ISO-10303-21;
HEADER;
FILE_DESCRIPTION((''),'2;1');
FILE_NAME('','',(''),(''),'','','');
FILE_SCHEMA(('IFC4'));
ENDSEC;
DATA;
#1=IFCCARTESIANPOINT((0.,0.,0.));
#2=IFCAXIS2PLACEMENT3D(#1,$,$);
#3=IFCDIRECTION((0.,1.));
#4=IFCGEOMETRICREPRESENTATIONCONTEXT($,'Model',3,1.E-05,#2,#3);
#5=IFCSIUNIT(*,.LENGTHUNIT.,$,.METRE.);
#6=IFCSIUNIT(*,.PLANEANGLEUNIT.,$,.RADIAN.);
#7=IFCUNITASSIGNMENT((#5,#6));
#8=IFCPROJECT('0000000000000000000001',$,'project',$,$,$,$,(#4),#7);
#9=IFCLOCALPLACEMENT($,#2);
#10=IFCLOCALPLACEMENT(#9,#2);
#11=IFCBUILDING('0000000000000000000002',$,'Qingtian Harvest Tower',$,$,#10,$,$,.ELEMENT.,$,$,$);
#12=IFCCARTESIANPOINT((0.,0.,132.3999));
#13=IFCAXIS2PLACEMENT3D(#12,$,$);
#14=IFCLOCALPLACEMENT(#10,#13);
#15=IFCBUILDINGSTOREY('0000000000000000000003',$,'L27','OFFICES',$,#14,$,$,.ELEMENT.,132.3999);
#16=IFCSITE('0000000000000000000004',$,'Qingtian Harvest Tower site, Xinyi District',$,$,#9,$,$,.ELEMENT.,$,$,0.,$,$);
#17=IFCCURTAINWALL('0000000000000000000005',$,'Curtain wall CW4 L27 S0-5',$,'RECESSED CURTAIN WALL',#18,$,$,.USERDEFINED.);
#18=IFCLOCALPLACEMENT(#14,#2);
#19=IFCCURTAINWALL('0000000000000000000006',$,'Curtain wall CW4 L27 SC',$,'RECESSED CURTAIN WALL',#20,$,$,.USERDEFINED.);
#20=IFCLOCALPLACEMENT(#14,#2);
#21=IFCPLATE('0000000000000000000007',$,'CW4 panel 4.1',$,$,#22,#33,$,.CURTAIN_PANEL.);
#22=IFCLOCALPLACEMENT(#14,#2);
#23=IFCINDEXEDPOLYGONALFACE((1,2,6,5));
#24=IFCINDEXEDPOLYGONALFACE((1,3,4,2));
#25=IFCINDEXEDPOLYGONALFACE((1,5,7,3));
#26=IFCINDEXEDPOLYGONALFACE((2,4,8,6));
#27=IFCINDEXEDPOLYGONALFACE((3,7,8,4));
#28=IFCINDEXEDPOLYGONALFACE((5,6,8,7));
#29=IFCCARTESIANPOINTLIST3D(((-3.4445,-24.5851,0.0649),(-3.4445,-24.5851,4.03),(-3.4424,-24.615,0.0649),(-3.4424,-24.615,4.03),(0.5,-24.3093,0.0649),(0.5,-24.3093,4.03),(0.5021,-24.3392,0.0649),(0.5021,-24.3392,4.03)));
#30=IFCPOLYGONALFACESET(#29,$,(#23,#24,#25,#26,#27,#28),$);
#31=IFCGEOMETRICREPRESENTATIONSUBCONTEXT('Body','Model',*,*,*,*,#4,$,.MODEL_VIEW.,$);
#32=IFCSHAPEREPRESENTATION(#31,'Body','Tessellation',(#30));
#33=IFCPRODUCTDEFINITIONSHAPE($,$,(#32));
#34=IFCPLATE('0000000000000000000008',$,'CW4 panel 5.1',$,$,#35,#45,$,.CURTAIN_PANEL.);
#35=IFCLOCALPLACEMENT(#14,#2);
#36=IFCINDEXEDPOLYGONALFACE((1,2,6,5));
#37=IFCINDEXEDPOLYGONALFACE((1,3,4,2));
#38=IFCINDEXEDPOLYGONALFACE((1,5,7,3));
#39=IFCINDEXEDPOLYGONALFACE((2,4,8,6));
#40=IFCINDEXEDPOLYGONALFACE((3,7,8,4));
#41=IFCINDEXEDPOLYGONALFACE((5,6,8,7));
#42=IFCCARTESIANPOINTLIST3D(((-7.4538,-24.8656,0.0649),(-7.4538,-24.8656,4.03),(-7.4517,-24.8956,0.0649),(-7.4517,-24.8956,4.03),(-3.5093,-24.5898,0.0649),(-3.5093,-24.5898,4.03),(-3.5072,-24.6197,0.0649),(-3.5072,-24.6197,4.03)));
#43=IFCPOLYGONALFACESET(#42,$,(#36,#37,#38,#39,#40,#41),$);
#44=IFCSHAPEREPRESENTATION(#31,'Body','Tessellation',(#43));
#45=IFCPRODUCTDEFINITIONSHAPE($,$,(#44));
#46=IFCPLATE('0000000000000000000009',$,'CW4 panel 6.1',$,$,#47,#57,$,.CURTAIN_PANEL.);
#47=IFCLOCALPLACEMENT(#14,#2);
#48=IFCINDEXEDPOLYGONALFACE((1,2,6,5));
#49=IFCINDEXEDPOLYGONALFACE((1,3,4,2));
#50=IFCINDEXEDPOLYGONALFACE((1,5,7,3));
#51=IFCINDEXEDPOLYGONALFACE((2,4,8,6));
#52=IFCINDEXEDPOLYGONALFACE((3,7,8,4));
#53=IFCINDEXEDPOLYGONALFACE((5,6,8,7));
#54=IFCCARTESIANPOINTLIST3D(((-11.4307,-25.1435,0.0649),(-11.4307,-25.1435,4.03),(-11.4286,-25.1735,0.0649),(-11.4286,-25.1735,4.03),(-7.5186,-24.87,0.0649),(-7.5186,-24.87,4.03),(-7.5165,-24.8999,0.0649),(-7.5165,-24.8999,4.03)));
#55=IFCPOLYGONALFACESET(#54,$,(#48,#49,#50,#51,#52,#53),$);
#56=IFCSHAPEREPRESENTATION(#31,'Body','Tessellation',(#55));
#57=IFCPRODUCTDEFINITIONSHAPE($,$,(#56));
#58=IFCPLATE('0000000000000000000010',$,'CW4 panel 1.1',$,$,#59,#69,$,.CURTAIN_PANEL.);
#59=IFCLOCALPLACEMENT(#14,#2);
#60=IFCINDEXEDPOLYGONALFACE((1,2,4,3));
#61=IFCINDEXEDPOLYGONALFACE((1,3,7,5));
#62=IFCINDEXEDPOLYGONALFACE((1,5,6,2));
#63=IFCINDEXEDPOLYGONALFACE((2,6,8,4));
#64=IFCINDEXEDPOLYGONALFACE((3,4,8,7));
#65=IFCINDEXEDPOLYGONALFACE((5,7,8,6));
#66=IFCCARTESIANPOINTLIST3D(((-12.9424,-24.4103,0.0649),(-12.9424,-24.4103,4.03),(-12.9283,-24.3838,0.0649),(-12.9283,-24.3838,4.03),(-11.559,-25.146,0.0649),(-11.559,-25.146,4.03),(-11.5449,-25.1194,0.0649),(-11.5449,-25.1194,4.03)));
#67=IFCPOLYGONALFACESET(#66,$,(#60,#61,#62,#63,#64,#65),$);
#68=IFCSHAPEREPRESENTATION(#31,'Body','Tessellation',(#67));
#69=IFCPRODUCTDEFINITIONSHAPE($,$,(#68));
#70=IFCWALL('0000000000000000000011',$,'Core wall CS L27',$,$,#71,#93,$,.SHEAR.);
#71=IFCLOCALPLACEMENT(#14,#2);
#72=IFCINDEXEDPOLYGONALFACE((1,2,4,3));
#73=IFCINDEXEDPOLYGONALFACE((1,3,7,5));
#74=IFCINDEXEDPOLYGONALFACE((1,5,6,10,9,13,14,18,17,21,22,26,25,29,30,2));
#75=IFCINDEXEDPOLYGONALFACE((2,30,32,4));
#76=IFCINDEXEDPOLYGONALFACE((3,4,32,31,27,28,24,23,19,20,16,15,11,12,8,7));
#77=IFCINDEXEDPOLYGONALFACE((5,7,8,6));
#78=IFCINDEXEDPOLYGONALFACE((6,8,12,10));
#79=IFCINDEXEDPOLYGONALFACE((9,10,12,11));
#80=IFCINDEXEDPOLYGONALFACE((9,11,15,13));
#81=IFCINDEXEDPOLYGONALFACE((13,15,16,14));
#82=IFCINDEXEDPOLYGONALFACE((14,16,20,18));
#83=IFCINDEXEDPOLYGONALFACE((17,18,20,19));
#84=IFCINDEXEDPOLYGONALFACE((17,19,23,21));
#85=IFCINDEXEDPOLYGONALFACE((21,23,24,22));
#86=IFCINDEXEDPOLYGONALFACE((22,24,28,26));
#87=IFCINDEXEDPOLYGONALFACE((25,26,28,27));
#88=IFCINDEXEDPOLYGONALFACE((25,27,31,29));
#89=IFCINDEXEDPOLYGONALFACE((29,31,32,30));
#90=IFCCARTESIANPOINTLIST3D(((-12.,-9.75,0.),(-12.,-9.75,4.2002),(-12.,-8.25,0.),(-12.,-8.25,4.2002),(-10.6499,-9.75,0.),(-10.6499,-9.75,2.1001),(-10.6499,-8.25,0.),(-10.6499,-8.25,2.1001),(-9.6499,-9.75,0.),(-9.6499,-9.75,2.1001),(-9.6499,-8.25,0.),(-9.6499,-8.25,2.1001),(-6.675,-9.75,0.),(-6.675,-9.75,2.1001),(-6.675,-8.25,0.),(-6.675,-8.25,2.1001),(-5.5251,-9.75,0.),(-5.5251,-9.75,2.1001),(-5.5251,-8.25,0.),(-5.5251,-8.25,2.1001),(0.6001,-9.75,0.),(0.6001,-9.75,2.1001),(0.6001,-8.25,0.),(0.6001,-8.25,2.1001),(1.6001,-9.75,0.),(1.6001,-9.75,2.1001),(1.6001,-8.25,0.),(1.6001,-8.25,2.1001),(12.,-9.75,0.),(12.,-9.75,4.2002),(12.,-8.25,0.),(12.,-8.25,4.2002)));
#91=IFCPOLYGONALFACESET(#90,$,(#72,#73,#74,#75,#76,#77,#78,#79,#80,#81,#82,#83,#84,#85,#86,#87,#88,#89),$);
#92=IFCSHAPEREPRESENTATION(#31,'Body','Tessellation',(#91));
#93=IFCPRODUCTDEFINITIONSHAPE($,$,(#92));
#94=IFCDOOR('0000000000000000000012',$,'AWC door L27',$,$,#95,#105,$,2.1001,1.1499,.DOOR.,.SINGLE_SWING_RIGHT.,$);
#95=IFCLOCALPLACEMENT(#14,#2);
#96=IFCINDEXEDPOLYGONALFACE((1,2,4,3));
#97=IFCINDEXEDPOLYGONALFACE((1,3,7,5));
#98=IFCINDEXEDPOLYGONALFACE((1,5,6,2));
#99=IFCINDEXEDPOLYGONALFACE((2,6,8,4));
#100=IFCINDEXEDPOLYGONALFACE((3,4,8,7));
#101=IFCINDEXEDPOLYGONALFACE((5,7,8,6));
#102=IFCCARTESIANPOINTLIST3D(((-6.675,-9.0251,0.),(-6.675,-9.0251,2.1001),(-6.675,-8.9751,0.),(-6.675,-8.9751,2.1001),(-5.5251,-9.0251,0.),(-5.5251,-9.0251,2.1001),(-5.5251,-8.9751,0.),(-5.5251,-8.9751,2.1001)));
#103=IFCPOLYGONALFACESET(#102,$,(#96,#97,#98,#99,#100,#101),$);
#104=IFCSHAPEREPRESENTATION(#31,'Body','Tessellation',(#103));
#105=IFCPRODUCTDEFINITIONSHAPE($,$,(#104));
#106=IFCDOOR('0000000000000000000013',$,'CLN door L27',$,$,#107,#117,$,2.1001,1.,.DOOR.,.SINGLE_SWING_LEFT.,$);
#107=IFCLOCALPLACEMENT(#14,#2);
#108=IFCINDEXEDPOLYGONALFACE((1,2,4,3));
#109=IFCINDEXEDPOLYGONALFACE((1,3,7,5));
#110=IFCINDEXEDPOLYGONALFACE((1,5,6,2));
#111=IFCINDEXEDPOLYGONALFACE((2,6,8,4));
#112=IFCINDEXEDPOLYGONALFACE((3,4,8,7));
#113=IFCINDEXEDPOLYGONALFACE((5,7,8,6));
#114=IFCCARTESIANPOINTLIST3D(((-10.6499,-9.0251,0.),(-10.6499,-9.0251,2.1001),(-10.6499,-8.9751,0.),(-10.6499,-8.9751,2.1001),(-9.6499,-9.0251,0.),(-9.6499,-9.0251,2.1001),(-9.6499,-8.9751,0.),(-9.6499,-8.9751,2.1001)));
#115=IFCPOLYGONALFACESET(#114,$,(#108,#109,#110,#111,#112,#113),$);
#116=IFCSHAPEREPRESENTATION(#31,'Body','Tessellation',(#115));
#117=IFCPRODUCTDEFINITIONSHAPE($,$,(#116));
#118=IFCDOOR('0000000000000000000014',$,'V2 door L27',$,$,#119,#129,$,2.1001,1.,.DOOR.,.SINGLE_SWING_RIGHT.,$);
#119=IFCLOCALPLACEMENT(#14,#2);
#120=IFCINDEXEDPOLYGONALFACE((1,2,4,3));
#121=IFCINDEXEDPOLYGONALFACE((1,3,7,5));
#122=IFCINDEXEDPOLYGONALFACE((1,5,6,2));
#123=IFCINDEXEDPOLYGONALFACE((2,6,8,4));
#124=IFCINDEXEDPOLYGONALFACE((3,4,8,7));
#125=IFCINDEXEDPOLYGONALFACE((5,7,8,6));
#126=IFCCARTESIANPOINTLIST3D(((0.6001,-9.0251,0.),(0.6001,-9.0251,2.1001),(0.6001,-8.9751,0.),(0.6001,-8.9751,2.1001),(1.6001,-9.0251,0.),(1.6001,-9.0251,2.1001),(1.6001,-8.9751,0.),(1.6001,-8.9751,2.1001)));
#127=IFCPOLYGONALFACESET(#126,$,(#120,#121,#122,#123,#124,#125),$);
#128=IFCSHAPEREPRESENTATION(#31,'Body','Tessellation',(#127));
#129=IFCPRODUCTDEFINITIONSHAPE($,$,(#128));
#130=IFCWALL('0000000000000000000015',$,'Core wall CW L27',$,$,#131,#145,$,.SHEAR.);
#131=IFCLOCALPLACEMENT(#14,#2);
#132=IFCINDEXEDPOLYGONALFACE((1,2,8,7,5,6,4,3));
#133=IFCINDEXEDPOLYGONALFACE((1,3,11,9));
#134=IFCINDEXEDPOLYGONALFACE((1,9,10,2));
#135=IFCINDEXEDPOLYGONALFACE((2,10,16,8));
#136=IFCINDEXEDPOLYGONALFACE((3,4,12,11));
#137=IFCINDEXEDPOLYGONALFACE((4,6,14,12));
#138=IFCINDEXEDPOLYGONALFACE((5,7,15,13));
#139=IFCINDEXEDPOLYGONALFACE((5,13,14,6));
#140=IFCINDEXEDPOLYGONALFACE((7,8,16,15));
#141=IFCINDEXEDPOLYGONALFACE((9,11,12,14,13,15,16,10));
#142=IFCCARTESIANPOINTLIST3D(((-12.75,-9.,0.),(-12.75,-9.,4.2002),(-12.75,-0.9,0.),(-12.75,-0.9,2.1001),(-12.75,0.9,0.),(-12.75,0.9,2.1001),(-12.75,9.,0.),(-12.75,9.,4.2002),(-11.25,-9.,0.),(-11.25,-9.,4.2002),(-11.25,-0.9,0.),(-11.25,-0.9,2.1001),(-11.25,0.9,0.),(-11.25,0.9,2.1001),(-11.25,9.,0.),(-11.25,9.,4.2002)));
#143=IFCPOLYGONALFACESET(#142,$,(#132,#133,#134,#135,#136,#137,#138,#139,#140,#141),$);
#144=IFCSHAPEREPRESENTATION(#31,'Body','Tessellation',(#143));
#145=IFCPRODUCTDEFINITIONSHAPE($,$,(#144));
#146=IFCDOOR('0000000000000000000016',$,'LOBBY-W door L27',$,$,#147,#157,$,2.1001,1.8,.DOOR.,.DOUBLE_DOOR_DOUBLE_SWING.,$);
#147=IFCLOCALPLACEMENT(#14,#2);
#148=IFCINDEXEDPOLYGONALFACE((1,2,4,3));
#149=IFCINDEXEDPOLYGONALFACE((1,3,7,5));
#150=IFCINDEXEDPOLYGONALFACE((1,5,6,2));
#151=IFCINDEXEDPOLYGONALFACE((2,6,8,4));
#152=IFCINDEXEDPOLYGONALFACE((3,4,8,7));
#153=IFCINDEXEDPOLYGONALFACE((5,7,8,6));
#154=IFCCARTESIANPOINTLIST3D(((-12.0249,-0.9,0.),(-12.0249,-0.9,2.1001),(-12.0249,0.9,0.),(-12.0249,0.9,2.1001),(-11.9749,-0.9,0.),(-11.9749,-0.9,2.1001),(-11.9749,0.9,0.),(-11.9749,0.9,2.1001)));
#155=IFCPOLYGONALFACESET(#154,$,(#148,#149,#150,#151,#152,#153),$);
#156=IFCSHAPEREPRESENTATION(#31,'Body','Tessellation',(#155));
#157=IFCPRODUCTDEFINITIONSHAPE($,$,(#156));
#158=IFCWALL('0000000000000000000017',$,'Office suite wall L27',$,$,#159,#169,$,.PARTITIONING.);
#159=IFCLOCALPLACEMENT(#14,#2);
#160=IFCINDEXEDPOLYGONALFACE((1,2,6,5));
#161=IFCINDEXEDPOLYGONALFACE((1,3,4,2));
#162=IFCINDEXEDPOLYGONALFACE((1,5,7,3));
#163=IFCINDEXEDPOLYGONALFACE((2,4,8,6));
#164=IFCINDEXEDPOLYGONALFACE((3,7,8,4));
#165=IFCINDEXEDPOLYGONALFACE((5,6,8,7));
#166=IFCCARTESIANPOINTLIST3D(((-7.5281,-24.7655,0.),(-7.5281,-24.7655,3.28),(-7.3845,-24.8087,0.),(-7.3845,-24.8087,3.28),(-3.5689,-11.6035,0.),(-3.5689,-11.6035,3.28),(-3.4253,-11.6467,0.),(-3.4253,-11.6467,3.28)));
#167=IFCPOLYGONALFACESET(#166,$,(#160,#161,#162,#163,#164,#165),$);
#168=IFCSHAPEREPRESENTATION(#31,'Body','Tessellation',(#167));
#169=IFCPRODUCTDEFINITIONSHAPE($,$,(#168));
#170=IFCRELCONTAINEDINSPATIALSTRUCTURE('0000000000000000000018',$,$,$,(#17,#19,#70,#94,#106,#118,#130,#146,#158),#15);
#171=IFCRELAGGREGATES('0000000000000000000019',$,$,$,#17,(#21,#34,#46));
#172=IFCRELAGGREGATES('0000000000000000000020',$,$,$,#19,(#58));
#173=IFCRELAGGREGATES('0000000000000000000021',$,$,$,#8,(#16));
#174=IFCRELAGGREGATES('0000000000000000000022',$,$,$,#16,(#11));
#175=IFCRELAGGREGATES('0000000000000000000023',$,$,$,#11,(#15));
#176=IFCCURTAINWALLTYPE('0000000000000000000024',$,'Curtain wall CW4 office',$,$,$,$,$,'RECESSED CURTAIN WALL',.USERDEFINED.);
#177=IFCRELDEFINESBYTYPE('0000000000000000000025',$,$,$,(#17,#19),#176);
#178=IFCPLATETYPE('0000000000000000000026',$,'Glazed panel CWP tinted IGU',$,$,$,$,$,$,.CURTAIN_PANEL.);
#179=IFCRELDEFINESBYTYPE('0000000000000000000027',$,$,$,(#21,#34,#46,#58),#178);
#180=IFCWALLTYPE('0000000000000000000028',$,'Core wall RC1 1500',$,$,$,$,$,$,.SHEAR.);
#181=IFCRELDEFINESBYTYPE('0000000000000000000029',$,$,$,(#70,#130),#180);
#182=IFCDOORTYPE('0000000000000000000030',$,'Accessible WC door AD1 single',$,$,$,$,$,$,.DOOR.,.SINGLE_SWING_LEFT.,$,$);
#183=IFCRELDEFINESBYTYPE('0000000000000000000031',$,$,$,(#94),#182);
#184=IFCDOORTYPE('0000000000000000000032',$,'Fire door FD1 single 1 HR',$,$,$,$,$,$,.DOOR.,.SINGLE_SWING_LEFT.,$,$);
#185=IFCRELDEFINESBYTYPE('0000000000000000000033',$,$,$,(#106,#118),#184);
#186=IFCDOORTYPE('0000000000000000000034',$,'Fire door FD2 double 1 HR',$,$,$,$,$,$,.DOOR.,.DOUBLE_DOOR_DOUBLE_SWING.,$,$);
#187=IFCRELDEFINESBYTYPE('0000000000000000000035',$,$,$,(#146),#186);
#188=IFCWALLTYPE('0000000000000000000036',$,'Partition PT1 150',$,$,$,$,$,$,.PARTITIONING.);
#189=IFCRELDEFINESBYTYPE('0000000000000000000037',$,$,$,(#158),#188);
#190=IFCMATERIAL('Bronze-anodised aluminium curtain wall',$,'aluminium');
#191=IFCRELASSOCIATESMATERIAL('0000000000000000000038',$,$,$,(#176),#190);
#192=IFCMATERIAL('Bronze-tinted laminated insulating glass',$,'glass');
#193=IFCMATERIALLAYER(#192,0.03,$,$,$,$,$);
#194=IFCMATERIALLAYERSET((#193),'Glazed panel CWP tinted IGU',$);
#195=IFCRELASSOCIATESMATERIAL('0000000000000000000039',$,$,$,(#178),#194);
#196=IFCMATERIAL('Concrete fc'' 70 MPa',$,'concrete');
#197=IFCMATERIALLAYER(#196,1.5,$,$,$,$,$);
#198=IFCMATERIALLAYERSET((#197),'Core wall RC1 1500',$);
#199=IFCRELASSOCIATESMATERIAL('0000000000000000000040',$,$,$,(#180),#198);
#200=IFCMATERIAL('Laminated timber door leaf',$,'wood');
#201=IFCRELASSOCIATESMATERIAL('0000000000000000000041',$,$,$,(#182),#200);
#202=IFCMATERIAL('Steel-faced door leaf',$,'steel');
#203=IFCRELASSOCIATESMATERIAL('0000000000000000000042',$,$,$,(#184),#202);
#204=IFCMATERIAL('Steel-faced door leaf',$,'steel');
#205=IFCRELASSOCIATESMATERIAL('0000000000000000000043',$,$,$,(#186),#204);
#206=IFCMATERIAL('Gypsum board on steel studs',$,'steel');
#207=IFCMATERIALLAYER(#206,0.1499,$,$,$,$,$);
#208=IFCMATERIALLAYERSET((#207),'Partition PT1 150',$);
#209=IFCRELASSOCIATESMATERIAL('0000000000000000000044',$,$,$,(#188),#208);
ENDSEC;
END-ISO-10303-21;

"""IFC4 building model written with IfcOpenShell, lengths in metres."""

from ifc_helpers import new_model, si_unit, direction, frame, frame_2d, origin, origin_2d, place, context, subcontext, project, spatial, rectangle, extrude, material, layer, layer_set, type_object, element, fill, aggregate, save


model = new_model("IFC4")

# Units and contexts
model_context = context("Model", 3, precision=1e-05, world=origin(), true_north=direction((0.0, 1.0)))
body_context = subcontext(model_context, "Body", "Model", "MODEL_VIEW")
ifc_project = project(units=[si_unit("LENGTHUNIT", "METRE"), si_unit("PLANEANGLEUNIT", "RADIAN")], contexts=[model_context])

# Site, building, storey
site_placement = place(None, origin())
site = spatial("IfcSite", under=ifc_project, at=site_placement, Name="Qingtian Harvest Tower site, Xinyi District", CompositionType="ELEMENT", RefElevation=0.0)
building_placement = place(site_placement, origin())
building = spatial("IfcBuilding", under=site, at=building_placement, Name="Qingtian Harvest Tower", CompositionType="ELEMENT")
storey_placement = place(building_placement, frame((0.0, 0.0, 132.3999)))
storey = spatial("IfcBuildingStorey", under=building, at=storey_placement, Name="L27", Description="OFFICES", CompositionType="ELEMENT", Elevation=132.3999)

# Curtain walls
ifc_material_1 = material(Name="Bronze-anodised aluminium curtain wall", Category="aluminium")
curtain_wall_type = type_object("IfcCurtainWallType", Name="Curtain wall CW4 office", ElementType="RECESSED CURTAIN WALL", PredefinedType="USERDEFINED", material=ifc_material_1)
curtain_wall_1_placement = place(storey_placement, origin())
curtain_wall_1 = element("IfcCurtainWall", 1, at=curtain_wall_1_placement, inside=storey, type_object=curtain_wall_type, Name="Curtain wall CW4 L27 S0-5", ObjectType="RECESSED CURTAIN WALL", PredefinedType="USERDEFINED")
curtain_wall_2_placement = place(storey_placement, origin())
curtain_wall_2 = element("IfcCurtainWall", 2, at=curtain_wall_2_placement, inside=storey, type_object=curtain_wall_type, Name="Curtain wall CW4 L27 SC", ObjectType="RECESSED CURTAIN WALL", PredefinedType="USERDEFINED")

# Plates
ifc_material_2 = material(Name="Bronze-tinted laminated insulating glass", Category="glass")
ifc_layer_1 = layer(ifc_material_2, 0.03)
ifc_layer_set_1 = layer_set([ifc_layer_1], Name="Glazed panel CWP tinted IGU")
plate_type = type_object("IfcPlateType", Name="Glazed panel CWP tinted IGU", PredefinedType="CURTAIN_PANEL", material=ifc_layer_set_1)
plate_1_placement = place(storey_placement, frame((-1.4712, -24.4622, 0.0649), z_axis=(0.0, 0.0, 1.0), x_axis=(-0.997564, -0.069756, 0.0)))
plate_1 = element("IfcPlate", 3, at=plate_1_placement, type_object=plate_type, Name="CW4 panel 4.1", PredefinedType="CURTAIN_PANEL", context=body_context, shape_type="SweptSolid", body=[
    extrude(rectangle(XDim=3.9541, YDim=0.03, at=origin_2d()), origin(), (0.0, 0.0, 1.0), 3.9651),
])
plate_2_placement = place(storey_placement, frame((-5.4805, -24.7427, 0.0649), z_axis=(0.0, 0.0, 1.0), x_axis=(-0.997564, -0.069756, 0.0)))
plate_2 = element("IfcPlate", 4, at=plate_2_placement, type_object=plate_type, Name="CW4 panel 5.1", PredefinedType="CURTAIN_PANEL", context=body_context, shape_type="SweptSolid", body=[
    extrude(rectangle(XDim=3.9541, YDim=0.03, at=origin_2d()), origin(), (0.0, 0.0, 1.0), 3.9651),
])
plate_3_placement = place(storey_placement, frame((-9.4736, -25.0217, 0.0649), z_axis=(0.0, 0.0, 1.0), x_axis=(-0.997564, -0.069756, 0.0)))
plate_3 = element("IfcPlate", 5, at=plate_3_placement, type_object=plate_type, Name="CW4 panel 6.1", PredefinedType="CURTAIN_PANEL", context=body_context, shape_type="SweptSolid", body=[
    extrude(rectangle(XDim=3.9216, YDim=0.03, at=origin_2d()), origin(), (0.0, 0.0, 1.0), 3.9651),
])
aggregate(curtain_wall_1, [plate_1, plate_2, plate_3])
plate_4_placement = place(storey_placement, frame((-12.2437, -24.7649, 0.0649), z_axis=(0.0, 0.0, 1.0), x_axis=(-0.882948, 0.469472, 0.0)))
plate_4 = element("IfcPlate", 6, at=plate_4_placement, type_object=plate_type, Name="CW4 panel 1.1", PredefinedType="CURTAIN_PANEL", context=body_context, shape_type="SweptSolid", body=[
    extrude(rectangle(XDim=1.5669, YDim=0.03, at=origin_2d()), origin(), (0.0, 0.0, 1.0), 3.9651),
])
aggregate(curtain_wall_2, [plate_4])

# Wall, openings, doors
ifc_material_3 = material(Name="Concrete fc' 70 MPa", Category="concrete")
ifc_layer_2 = layer(ifc_material_3, 1.5)
ifc_layer_set_2 = layer_set([ifc_layer_2], Name="Core wall RC1 1500")
wall_type_1 = type_object("IfcWallType", Name="Core wall RC1 1500", PredefinedType="SHEAR", material=ifc_layer_set_2)
wall_1_placement = place(storey_placement, frame((-12.0, -9.0, 0.0), z_axis=(0.0, 0.0, 1.0), x_axis=(1.0, 0.0, 0.0)))
wall_1 = element("IfcWall", 7, at=wall_1_placement, inside=storey, type_object=wall_type_1, Name="Core wall CS L27", PredefinedType="SHEAR", context=body_context, shape_type="SweptSolid", body=[
    extrude(rectangle(XDim=24.0, YDim=1.5, at=frame_2d((12.0, 0.0))), origin(), (0.0, 0.0, 1.0), 4.2002),
])
opening_1_placement = place(wall_1_placement, frame((1.3501, 0.0, 0.0)))
opening_1 = element("IfcOpeningElement", 8, at=opening_1_placement, cuts=wall_1, PredefinedType="OPENING", context=body_context, shape_type="SweptSolid", body=[
    extrude(rectangle(XDim=1.0, YDim=2.1001, at=frame_2d((0.5, 1.05))), frame((0.0, 0.76, 0.0), z_axis=(0.0, -1.0, 0.0), x_axis=(1.0, 0.0, 0.0)), (0.0, 0.0, 1.0), 1.52),
])
opening_2_placement = place(wall_1_placement, frame((5.325, 0.0, 0.0)))
opening_2 = element("IfcOpeningElement", 9, at=opening_2_placement, cuts=wall_1, PredefinedType="OPENING", context=body_context, shape_type="SweptSolid", body=[
    extrude(rectangle(XDim=1.1499, YDim=2.1001, at=frame_2d((0.575, 1.05))), frame((0.0, 0.76, 0.0), z_axis=(0.0, -1.0, 0.0), x_axis=(1.0, 0.0, 0.0)), (0.0, 0.0, 1.0), 1.52),
])
opening_3_placement = place(wall_1_placement, frame((12.6001, 0.0, 0.0)))
opening_3 = element("IfcOpeningElement", 10, at=opening_3_placement, cuts=wall_1, PredefinedType="OPENING", context=body_context, shape_type="SweptSolid", body=[
    extrude(rectangle(XDim=1.0, YDim=2.1001, at=frame_2d((0.5, 1.05))), frame((0.0, 0.76, 0.0), z_axis=(0.0, -1.0, 0.0), x_axis=(1.0, 0.0, 0.0)), (0.0, 0.0, 1.0), 1.52),
])
ifc_material_4 = material(Name="Laminated timber door leaf", Category="wood")
door_type_1 = type_object("IfcDoorType", Name="Accessible WC door AD1 single", OperationType="SINGLE_SWING_LEFT", PredefinedType="DOOR", material=ifc_material_4)
door_1_placement = place(opening_2_placement, origin())
door_1 = element("IfcDoor", 11, at=door_1_placement, inside=storey, type_object=door_type_1, Name="AWC door L27", OperationType="SINGLE_SWING_RIGHT", OverallHeight=2.1001, OverallWidth=1.1499, PredefinedType="DOOR", context=body_context, shape_type="SweptSolid", body=[
    extrude(rectangle(XDim=1.1499, YDim=2.1001, at=frame_2d((0.575, 1.05))), frame((0.0, 0.0249, 0.0), z_axis=(0.0, -1.0, 0.0), x_axis=(1.0, 0.0, 0.0)), (0.0, 0.0, 1.0), 0.05),
])
fill(opening_2, door_1)
ifc_material_5 = material(Name="Steel-faced door leaf", Category="steel")
door_type_2 = type_object("IfcDoorType", Name="Fire door FD1 single 1 HR", OperationType="SINGLE_SWING_LEFT", PredefinedType="DOOR", material=ifc_material_5)
door_2_placement = place(opening_1_placement, origin())
door_2 = element("IfcDoor", 12, at=door_2_placement, inside=storey, type_object=door_type_2, Name="CLN door L27", OperationType="SINGLE_SWING_LEFT", OverallHeight=2.1001, OverallWidth=1.0, PredefinedType="DOOR", context=body_context, shape_type="SweptSolid", body=[
    extrude(rectangle(XDim=1.0, YDim=2.1001, at=frame_2d((0.5, 1.05))), frame((0.0, 0.0249, 0.0), z_axis=(0.0, -1.0, 0.0), x_axis=(1.0, 0.0, 0.0)), (0.0, 0.0, 1.0), 0.05),
])
fill(opening_1, door_2)
door_3_placement = place(opening_3_placement, origin())
door_3 = element("IfcDoor", 13, at=door_3_placement, inside=storey, type_object=door_type_2, Name="V2 door L27", OperationType="SINGLE_SWING_RIGHT", OverallHeight=2.1001, OverallWidth=1.0, PredefinedType="DOOR", context=body_context, shape_type="SweptSolid", body=[
    extrude(rectangle(XDim=1.0, YDim=2.1001, at=frame_2d((0.5, 1.05))), frame((0.0, 0.0249, 0.0), z_axis=(0.0, -1.0, 0.0), x_axis=(1.0, 0.0, 0.0)), (0.0, 0.0, 1.0), 0.05),
])
fill(opening_3, door_3)

# Wall, opening, door
wall_2_placement = place(storey_placement, frame((-12.0, -9.0, 0.0), z_axis=(0.0, 0.0, 1.0), x_axis=(0.0, 1.0, 0.0)))
wall_2 = element("IfcWall", 14, at=wall_2_placement, inside=storey, type_object=wall_type_1, Name="Core wall CW L27", PredefinedType="SHEAR", context=body_context, shape_type="SweptSolid", body=[
    extrude(rectangle(XDim=18.0, YDim=1.5, at=frame_2d((9.0, 0.0))), origin(), (0.0, 0.0, 1.0), 4.2002),
])
opening_4_placement = place(wall_2_placement, frame((8.1001, 0.0, 0.0)))
opening_4 = element("IfcOpeningElement", 15, at=opening_4_placement, cuts=wall_2, PredefinedType="OPENING", context=body_context, shape_type="SweptSolid", body=[
    extrude(rectangle(XDim=1.8, YDim=2.1001, at=frame_2d((0.8999, 1.05))), frame((0.0, 0.76, 0.0), z_axis=(0.0, -1.0, 0.0), x_axis=(1.0, 0.0, 0.0)), (0.0, 0.0, 1.0), 1.52),
])
ifc_material_6 = material(Name="Steel-faced door leaf", Category="steel")
door_type_3 = type_object("IfcDoorType", Name="Fire door FD2 double 1 HR", OperationType="DOUBLE_DOOR_DOUBLE_SWING", PredefinedType="DOOR", material=ifc_material_6)
door_4_placement = place(opening_4_placement, origin())
door_4 = element("IfcDoor", 16, at=door_4_placement, inside=storey, type_object=door_type_3, Name="LOBBY-W door L27", OperationType="DOUBLE_DOOR_DOUBLE_SWING", OverallHeight=2.1001, OverallWidth=1.8, PredefinedType="DOOR", context=body_context, shape_type="SweptSolid", body=[
    extrude(rectangle(XDim=1.8, YDim=2.1001, at=frame_2d((0.8999, 1.05))), frame((0.0, 0.0249, 0.0), z_axis=(0.0, -1.0, 0.0), x_axis=(1.0, 0.0, 0.0)), (0.0, 0.0, 1.0), 0.05),
])
fill(opening_4, door_4)

# Wall
ifc_material_7 = material(Name="Gypsum board on steel studs", Category="steel")
ifc_layer_3 = layer(ifc_material_7, 0.1499)
ifc_layer_set_3 = layer_set([ifc_layer_3], Name="Partition PT1 150")
wall_type_2 = type_object("IfcWallType", Name="Partition PT1 150", PredefinedType="PARTITIONING", material=ifc_layer_set_3)
wall_3_placement = place(storey_placement, frame((-7.4563, -24.7871, 0.0), z_axis=(0.0, 0.0, 1.0), x_axis=(0.288055, 0.957614, 0.0)))
element("IfcWall", 17, at=wall_3_placement, inside=storey, type_object=wall_type_2, Name="Office suite wall L27", PredefinedType="PARTITIONING", context=body_context, shape_type="SweptSolid", body=[
    extrude(rectangle(XDim=13.7446, YDim=0.1499, at=frame_2d((6.8723, 0.0))), origin(), (0.0, 0.0, 1.0), 3.28),
])

save(model, "model.ifc")
